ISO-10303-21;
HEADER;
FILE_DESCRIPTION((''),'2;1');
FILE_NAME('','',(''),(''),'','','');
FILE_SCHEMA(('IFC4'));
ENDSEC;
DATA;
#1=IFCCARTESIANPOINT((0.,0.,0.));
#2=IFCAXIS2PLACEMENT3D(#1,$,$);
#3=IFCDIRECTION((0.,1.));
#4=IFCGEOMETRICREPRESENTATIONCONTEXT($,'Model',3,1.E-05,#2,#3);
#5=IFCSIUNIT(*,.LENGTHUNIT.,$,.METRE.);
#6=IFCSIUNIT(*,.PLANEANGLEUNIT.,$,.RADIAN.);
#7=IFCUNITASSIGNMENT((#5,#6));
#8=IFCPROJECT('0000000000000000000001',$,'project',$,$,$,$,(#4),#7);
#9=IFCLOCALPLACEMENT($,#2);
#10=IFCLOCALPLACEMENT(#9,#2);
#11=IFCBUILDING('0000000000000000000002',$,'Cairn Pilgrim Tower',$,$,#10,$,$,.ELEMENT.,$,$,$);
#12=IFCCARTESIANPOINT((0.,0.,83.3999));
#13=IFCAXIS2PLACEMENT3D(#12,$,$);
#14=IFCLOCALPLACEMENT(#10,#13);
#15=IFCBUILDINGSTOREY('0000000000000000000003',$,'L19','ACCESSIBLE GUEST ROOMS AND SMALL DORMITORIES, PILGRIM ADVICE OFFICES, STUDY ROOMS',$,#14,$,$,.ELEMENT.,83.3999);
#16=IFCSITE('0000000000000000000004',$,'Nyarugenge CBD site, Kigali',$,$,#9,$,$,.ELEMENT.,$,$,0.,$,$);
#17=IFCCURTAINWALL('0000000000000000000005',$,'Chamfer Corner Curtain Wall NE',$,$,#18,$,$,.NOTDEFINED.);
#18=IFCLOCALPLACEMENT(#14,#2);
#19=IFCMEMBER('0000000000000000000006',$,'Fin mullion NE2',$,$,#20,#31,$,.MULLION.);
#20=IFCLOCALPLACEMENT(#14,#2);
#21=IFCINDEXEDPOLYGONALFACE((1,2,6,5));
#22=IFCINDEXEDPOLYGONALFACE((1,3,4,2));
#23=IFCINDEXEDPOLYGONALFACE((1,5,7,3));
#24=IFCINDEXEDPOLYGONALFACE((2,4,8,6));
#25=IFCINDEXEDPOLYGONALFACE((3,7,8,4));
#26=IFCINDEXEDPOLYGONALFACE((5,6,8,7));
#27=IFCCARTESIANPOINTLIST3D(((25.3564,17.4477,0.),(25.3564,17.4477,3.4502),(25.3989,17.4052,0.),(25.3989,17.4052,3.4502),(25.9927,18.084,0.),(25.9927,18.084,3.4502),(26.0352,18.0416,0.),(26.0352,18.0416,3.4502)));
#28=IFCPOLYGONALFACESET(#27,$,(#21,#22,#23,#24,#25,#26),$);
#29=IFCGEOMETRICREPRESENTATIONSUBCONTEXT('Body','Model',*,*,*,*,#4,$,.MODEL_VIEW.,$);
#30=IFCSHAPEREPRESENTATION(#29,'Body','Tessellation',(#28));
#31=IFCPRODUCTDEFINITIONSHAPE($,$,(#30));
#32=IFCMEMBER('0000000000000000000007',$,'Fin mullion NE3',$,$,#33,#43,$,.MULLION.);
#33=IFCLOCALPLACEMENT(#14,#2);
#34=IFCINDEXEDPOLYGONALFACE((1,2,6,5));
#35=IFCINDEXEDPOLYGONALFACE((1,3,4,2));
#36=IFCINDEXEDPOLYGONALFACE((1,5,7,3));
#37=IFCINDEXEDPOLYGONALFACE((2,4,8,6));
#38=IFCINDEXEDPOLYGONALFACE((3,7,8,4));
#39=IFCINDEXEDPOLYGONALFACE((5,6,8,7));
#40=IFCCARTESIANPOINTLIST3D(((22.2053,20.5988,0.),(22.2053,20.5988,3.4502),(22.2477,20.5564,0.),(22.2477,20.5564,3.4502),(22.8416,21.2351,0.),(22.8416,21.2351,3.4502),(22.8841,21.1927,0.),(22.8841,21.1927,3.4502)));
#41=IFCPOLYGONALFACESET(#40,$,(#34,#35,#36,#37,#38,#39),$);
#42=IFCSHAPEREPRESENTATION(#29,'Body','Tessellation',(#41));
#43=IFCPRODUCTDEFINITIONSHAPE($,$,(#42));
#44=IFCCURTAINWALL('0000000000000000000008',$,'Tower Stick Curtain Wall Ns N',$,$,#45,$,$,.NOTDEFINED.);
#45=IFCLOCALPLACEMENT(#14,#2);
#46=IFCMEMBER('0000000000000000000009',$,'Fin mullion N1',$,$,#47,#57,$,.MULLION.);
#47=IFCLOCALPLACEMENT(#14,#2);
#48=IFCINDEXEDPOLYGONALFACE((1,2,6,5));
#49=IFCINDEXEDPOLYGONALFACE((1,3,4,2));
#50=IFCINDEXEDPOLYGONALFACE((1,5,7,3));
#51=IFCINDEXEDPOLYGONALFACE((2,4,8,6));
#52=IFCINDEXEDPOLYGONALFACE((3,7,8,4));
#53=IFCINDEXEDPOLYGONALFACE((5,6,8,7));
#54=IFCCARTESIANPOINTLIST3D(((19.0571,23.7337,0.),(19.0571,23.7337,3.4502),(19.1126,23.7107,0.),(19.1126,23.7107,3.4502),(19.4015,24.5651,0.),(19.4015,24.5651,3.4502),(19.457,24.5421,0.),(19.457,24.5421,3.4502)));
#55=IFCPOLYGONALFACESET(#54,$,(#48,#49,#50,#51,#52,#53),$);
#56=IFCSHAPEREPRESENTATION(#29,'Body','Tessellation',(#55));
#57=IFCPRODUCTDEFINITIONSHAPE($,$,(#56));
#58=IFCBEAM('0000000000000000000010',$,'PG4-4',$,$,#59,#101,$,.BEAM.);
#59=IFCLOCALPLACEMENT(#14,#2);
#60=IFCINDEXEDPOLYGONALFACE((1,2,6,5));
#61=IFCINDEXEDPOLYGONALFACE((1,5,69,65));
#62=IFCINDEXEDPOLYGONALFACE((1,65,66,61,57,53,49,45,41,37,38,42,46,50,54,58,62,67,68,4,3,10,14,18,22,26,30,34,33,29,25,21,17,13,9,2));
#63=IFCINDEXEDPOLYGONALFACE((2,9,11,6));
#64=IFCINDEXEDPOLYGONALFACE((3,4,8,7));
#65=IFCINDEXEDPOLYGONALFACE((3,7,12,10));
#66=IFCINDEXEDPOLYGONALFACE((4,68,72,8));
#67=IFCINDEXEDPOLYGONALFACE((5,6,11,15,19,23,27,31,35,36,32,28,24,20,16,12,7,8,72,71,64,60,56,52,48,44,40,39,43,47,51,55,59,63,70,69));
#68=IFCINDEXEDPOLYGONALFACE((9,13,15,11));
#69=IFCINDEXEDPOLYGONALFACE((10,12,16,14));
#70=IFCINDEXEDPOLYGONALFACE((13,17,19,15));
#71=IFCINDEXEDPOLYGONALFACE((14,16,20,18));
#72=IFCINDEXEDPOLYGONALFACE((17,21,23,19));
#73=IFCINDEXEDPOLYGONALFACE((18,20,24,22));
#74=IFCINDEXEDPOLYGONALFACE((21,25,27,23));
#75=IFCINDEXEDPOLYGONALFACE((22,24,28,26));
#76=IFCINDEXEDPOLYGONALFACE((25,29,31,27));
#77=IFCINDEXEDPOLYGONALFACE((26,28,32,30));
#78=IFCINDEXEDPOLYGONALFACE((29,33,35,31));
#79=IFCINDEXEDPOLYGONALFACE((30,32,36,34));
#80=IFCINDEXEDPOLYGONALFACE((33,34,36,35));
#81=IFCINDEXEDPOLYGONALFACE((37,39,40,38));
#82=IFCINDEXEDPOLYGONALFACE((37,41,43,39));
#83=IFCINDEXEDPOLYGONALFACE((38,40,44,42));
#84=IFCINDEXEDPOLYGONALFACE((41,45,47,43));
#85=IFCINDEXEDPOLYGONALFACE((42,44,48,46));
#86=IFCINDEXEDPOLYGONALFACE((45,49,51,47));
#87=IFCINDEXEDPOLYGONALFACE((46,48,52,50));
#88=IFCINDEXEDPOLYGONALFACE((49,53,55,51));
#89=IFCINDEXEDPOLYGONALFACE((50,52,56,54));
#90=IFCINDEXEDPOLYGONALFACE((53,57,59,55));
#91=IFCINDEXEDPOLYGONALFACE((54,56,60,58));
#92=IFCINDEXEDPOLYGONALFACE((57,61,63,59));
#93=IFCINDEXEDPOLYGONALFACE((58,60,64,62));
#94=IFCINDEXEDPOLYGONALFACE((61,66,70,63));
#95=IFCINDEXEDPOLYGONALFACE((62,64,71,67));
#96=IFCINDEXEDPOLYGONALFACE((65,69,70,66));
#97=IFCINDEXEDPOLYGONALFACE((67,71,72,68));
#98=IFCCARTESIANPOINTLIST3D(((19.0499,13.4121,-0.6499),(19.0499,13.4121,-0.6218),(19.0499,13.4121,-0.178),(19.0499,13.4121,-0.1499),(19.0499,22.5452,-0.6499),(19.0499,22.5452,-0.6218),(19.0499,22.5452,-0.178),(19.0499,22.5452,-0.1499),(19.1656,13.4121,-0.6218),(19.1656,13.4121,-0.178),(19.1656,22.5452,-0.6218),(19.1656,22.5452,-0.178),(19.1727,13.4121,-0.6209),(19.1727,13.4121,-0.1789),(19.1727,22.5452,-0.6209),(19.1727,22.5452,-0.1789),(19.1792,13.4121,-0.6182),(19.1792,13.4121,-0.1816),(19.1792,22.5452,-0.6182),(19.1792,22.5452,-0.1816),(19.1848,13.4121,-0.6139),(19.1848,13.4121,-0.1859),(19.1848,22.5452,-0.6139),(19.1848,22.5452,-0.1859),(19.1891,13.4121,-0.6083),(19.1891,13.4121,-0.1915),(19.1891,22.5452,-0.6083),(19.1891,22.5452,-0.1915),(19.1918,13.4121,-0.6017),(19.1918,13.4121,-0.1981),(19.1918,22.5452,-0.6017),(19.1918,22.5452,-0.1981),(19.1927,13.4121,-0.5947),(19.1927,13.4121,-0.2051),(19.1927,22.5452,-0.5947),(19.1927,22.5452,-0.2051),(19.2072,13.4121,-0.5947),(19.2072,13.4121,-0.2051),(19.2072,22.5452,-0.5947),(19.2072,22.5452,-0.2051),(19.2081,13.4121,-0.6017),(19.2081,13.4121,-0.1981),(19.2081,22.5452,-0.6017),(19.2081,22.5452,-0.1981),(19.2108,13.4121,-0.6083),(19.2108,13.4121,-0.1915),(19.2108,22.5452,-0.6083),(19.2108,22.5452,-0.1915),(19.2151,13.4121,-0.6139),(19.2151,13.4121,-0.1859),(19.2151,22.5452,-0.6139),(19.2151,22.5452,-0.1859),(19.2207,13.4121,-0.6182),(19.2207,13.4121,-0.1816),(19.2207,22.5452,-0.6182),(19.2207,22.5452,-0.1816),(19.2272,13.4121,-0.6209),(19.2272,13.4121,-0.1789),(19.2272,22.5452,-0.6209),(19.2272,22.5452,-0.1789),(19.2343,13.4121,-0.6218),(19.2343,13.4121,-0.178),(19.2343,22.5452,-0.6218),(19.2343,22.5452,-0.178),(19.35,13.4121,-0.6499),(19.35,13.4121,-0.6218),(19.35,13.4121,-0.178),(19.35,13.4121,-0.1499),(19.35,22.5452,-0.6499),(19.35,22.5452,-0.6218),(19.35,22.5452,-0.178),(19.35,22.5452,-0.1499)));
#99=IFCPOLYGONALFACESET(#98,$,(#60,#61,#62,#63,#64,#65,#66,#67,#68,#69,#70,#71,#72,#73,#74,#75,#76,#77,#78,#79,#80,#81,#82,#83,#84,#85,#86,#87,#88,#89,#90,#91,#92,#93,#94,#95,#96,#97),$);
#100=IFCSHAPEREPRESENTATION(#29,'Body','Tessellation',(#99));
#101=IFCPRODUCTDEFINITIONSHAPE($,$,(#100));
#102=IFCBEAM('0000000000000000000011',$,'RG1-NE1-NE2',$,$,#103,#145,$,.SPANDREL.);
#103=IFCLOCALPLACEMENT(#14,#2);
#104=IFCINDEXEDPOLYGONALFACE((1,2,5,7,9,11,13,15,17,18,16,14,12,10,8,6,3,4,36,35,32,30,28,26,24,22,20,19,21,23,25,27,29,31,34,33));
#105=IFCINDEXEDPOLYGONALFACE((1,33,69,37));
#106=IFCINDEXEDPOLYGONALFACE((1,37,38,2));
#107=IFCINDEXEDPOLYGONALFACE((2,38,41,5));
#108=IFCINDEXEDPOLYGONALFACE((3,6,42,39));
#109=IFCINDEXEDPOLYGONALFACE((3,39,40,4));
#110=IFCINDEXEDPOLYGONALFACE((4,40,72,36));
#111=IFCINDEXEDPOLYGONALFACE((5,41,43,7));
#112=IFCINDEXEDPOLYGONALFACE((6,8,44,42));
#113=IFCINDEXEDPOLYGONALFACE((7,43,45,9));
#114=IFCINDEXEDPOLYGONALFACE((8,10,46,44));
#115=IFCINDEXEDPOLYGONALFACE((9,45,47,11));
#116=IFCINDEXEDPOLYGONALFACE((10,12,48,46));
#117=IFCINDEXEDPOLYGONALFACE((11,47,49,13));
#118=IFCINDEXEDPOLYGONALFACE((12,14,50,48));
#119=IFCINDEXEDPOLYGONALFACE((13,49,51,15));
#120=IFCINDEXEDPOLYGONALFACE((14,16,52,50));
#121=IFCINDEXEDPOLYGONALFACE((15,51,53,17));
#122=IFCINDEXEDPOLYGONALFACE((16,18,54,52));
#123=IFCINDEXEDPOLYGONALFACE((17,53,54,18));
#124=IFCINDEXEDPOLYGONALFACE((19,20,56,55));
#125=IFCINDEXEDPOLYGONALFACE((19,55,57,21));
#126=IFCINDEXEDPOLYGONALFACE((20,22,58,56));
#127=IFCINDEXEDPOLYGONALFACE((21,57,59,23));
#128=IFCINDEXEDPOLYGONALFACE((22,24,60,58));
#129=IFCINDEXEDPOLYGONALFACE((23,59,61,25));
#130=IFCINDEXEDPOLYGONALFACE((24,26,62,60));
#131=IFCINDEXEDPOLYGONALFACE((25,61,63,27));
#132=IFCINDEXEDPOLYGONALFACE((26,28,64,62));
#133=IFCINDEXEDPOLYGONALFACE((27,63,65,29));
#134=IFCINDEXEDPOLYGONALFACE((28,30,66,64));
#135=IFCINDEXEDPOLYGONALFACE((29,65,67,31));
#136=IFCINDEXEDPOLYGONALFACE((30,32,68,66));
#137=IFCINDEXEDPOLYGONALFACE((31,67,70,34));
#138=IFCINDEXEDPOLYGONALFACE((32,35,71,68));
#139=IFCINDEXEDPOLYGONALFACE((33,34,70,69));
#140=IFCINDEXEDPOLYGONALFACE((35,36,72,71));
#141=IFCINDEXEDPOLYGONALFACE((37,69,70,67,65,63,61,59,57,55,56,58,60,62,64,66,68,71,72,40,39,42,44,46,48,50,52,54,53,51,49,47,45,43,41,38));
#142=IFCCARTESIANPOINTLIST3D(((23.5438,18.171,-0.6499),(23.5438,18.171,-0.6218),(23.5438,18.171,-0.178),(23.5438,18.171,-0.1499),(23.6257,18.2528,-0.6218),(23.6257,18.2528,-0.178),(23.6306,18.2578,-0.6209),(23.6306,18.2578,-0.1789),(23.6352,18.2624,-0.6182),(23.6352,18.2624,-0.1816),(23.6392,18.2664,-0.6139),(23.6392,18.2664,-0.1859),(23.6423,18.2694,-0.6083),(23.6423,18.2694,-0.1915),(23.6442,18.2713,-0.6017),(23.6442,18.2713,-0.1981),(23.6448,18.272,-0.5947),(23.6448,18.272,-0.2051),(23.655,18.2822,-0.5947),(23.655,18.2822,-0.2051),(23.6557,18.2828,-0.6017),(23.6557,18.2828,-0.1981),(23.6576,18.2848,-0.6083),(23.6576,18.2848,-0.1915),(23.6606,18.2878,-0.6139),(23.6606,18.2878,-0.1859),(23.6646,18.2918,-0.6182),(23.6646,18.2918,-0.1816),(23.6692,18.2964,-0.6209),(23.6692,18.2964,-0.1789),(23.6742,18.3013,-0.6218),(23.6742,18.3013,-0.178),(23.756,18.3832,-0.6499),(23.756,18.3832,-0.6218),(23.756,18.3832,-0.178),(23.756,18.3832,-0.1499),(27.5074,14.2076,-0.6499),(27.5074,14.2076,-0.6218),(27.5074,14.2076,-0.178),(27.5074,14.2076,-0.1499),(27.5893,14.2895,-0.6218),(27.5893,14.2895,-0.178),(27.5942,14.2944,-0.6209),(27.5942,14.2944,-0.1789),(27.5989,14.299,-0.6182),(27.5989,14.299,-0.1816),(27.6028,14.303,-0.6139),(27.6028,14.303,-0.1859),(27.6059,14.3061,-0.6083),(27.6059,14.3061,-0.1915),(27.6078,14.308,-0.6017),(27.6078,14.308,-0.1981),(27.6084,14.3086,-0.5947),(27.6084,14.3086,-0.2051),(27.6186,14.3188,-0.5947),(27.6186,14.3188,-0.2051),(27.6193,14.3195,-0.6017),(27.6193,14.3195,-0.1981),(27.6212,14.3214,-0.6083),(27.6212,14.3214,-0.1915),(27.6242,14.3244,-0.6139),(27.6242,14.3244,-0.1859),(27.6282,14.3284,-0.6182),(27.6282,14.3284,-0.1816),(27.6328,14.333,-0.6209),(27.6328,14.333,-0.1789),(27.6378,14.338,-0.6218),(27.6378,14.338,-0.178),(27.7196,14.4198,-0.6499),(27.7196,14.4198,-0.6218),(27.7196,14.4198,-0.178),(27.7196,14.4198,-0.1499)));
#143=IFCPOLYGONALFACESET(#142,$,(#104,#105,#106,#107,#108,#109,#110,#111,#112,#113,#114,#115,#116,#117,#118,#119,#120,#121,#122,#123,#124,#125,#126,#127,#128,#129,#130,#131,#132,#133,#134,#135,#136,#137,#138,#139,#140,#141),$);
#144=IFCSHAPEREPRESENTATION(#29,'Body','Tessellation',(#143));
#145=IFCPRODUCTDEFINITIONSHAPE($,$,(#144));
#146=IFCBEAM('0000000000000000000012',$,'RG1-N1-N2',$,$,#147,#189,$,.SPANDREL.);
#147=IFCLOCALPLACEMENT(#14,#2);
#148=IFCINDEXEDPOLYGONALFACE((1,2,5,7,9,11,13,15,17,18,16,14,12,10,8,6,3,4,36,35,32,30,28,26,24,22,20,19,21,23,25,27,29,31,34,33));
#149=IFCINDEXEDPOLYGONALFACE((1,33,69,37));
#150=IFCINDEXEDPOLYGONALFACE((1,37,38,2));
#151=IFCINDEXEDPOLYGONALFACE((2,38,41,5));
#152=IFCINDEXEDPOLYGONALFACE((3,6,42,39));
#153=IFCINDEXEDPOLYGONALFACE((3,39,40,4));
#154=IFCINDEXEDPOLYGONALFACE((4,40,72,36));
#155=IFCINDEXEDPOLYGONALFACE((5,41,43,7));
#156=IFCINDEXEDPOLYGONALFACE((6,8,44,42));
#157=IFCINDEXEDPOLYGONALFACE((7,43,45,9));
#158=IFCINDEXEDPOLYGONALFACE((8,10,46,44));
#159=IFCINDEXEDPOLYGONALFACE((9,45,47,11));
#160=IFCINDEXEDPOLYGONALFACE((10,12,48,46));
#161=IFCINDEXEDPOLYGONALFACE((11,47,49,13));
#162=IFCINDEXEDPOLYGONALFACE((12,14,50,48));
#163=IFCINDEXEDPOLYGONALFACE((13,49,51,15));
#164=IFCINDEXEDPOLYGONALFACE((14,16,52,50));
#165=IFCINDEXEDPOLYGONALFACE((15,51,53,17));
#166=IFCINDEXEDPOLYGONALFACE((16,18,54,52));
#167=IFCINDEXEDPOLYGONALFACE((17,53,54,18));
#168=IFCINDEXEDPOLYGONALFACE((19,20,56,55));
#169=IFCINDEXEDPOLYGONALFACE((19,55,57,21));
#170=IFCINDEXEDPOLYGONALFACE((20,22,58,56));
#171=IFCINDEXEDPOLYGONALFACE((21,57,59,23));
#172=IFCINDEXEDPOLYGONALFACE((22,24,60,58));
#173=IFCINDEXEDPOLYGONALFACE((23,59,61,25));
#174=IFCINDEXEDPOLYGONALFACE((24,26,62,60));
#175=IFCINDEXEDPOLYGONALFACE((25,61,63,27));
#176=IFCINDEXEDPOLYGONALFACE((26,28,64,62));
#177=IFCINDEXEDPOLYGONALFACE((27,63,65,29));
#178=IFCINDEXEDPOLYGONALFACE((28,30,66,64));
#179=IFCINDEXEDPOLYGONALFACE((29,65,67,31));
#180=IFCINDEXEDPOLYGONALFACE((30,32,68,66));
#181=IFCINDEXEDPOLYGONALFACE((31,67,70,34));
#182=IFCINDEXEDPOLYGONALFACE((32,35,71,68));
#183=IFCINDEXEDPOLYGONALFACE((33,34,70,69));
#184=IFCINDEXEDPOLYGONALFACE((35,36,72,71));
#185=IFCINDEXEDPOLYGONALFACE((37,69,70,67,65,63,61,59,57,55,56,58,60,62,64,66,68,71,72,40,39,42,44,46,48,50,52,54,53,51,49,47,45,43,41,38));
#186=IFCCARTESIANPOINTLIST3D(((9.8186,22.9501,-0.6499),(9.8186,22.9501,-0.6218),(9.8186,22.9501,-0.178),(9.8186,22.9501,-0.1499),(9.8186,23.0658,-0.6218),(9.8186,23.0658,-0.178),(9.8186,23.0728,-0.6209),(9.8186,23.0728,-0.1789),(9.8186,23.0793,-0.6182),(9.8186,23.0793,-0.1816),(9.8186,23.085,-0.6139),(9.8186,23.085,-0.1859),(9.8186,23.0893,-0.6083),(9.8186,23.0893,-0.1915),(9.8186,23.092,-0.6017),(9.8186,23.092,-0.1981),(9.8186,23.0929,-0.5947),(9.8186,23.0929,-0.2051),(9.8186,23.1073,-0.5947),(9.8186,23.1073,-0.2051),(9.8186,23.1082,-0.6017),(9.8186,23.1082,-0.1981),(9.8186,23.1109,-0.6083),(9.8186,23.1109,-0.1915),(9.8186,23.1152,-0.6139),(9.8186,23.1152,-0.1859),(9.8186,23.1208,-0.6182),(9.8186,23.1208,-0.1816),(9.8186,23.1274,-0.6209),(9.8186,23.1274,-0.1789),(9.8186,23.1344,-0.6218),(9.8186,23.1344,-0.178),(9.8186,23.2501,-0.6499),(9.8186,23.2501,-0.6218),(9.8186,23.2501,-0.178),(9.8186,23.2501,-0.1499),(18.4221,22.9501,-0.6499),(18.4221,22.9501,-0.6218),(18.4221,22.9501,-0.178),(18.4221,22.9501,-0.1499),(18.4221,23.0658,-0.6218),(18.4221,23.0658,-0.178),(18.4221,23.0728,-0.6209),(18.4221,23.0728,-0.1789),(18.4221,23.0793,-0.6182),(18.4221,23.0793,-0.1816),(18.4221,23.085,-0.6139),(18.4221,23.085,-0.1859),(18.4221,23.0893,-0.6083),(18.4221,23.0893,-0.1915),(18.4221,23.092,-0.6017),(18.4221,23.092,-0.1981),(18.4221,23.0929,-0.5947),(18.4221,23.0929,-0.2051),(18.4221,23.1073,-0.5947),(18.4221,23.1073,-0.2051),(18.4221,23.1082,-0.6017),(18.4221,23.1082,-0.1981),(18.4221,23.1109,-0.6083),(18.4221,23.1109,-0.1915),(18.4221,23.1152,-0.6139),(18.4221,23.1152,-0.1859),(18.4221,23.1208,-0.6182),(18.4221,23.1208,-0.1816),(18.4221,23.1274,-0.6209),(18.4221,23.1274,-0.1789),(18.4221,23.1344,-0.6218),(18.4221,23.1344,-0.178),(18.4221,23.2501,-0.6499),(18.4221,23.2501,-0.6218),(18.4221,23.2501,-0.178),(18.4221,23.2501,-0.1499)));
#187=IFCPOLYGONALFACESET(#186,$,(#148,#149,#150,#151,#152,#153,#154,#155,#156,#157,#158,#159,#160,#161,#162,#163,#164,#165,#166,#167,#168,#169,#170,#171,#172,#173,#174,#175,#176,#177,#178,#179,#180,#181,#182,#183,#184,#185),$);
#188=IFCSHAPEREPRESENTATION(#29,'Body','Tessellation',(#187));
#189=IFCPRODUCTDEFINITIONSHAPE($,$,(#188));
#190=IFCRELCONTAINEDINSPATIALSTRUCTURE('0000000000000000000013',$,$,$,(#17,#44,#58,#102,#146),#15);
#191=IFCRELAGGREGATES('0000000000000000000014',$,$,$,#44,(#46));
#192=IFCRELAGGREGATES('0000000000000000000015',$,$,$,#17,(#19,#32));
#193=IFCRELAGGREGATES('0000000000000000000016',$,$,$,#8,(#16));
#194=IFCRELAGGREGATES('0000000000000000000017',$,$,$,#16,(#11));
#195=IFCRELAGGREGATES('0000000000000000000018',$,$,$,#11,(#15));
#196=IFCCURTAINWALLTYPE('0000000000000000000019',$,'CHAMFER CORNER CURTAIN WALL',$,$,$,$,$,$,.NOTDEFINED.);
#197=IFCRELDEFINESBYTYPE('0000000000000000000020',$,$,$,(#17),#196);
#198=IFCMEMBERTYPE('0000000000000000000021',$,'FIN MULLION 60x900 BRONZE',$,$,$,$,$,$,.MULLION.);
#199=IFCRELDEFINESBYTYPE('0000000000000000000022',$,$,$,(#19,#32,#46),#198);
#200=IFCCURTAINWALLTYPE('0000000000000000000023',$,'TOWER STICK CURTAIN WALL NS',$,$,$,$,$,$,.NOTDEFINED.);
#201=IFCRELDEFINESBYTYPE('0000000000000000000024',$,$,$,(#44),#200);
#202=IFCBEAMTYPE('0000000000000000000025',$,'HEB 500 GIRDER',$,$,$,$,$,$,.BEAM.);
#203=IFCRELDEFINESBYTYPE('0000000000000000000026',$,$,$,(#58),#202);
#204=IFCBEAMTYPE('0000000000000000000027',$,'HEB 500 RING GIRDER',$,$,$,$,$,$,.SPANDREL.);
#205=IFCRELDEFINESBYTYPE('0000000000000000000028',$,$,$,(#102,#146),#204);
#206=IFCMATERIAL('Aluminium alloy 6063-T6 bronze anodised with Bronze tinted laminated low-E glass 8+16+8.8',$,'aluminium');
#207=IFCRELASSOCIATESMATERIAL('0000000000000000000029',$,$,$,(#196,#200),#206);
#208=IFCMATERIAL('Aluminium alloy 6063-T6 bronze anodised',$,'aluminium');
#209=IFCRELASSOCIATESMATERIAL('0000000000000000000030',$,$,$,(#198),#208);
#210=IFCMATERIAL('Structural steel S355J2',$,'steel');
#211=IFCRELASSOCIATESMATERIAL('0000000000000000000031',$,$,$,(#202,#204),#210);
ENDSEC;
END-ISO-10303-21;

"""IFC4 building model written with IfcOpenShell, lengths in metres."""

from ifc_helpers import new_model, si_unit, direction, frame, origin, origin_2d, place, context, subcontext, project, spatial, rectangle, i_section, extrude, material, material_profile, profile_set, type_object, element, aggregate, save


model = new_model("IFC4")

# Units and contexts
model_context = context("Model", 3, precision=1e-05, world=origin(), true_north=direction((0.0, 1.0)))
body_context = subcontext(model_context, "Body", "Model", "MODEL_VIEW")
ifc_project = project(units=[si_unit("LENGTHUNIT", "METRE"), si_unit("PLANEANGLEUNIT", "RADIAN")], contexts=[model_context])

# Site, building, storey
site_placement = place(None, origin())
site = spatial("IfcSite", under=ifc_project, at=site_placement, Name="Nyarugenge CBD site, Kigali", CompositionType="ELEMENT", RefElevation=0.0)
building_placement = place(site_placement, origin())
building = spatial("IfcBuilding", under=site, at=building_placement, Name="Cairn Pilgrim Tower", CompositionType="ELEMENT")
storey_placement = place(building_placement, frame((0.0, 0.0, 83.3999)))
storey = spatial("IfcBuildingStorey", under=building, at=storey_placement, Name="L19", Description="ACCESSIBLE GUEST ROOMS AND SMALL DORMITORIES, PILGRIM ADVICE OFFICES, STUDY ROOMS", CompositionType="ELEMENT", Elevation=83.3999)

# Shared definitions
ifc_material_1 = material(Name="Structural steel S355J2", Category="steel")

# Curtain wall, members
ifc_material_2 = material(Name="Aluminium alloy 6063-T6 bronze anodised with Bronze tinted laminated low-E glass 8+16+8.8", Category="aluminium")
curtain_wall_type_1 = type_object("IfcCurtainWallType", Name="CHAMFER CORNER CURTAIN WALL", PredefinedType="NOTDEFINED", material=ifc_material_2)
curtain_wall_1_placement = place(storey_placement, origin())
curtain_wall_1 = element("IfcCurtainWall", 1, at=curtain_wall_1_placement, inside=storey, type_object=curtain_wall_type_1, Name="Chamfer Corner Curtain Wall NE", PredefinedType="NOTDEFINED")
ifc_material_3 = material(Name="Aluminium alloy 6063-T6 bronze anodised", Category="aluminium")
ifc_material_profile_1 = material_profile(ifc_material_3, rectangle(XDim=0.8999, YDim=0.0601, at=origin_2d()), Name="FIN MULLION 60x900 BRONZE")
ifc_profile_set_1 = profile_set([ifc_material_profile_1], Name="Aluminium alloy 6063-T6 bronze anodised")
member_type_1 = type_object("IfcMemberType", Name="FIN MULLION 60x900 BRONZE", PredefinedType="MULLION", material=ifc_profile_set_1)
member_1_placement = place(storey_placement, frame((25.6958, 17.7446, 0.0), z_axis=(0.0, 0.0, 1.0), x_axis=(0.707107, 0.707107, 0.0)))
member_1 = element("IfcMember", 2, at=member_1_placement, type_object=member_type_1, Name="Fin mullion NE2", PredefinedType="MULLION", context=body_context, shape_type="SweptSolid", body=[
    extrude(rectangle(XDim=0.8999, YDim=0.0601, at=origin_2d()), origin(), (0.0, 0.0, 1.0), 3.4502),
])
member_2_placement = place(storey_placement, frame((22.5447, 20.8958, 0.0), z_axis=(0.0, 0.0, 1.0), x_axis=(0.707107, 0.707107, 0.0)))
member_2 = element("IfcMember", 3, at=member_2_placement, type_object=member_type_1, Name="Fin mullion NE3", PredefinedType="MULLION", context=body_context, shape_type="SweptSolid", body=[
    extrude(rectangle(XDim=0.8999, YDim=0.0601, at=origin_2d()), origin(), (0.0, 0.0, 1.0), 3.4502),
])

# Curtain wall, member
curtain_wall_type_2 = type_object("IfcCurtainWallType", Name="TOWER STICK CURTAIN WALL NS", PredefinedType="NOTDEFINED", material=ifc_material_2)
curtain_wall_2_placement = place(storey_placement, origin())
curtain_wall_2 = element("IfcCurtainWall", 4, at=curtain_wall_2_placement, inside=storey, type_object=curtain_wall_type_2, Name="Tower Stick Curtain Wall Ns N", PredefinedType="NOTDEFINED")
member_3_placement = place(storey_placement, frame((19.2571, 24.1379, 0.0), z_axis=(0.0, 0.0, 1.0), x_axis=(0.382683, 0.92388, 0.0)))
member_3 = element("IfcMember", 5, at=member_3_placement, type_object=member_type_1, Name="Fin mullion N1", PredefinedType="MULLION", context=body_context, shape_type="SweptSolid", body=[
    extrude(rectangle(XDim=0.8999, YDim=0.0601, at=origin_2d()), origin(), (0.0, 0.0, 1.0), 3.4502),
])

# Beams
ifc_material_profile_2 = material_profile(ifc_material_1, i_section(OverallWidth=0.3, OverallDepth=0.5, WebThickness=0.0144, FlangeThickness=0.0281, FilletRadius=0.0271, at=origin_2d()), Name="HEB 500")
ifc_profile_set_2 = profile_set([ifc_material_profile_2], Name="Structural steel S355J2")
beam_type_1 = type_object("IfcBeamType", Name="HEB 500 GIRDER", PredefinedType="BEAM", material=ifc_profile_set_2)
beam_1_placement = place(storey_placement, frame((19.2, 13.4121, -0.3999), z_axis=(0.0, 1.0, 0.0), x_axis=(-1.0, 0.0, 0.0)))
element("IfcBeam", 6, at=beam_1_placement, inside=storey, type_object=beam_type_1, Name="PG4-4", PredefinedType="BEAM", context=body_context, shape_type="SweptSolid", body=[
    extrude(i_section(OverallWidth=0.3, OverallDepth=0.5, WebThickness=0.0144, FlangeThickness=0.0281, FilletRadius=0.0271, at=origin_2d()), origin(), (0.0, 0.0, 1.0), 9.1331),
])
ifc_material_profile_3 = material_profile(ifc_material_1, i_section(OverallWidth=0.3, OverallDepth=0.5, WebThickness=0.0144, FlangeThickness=0.0281, FilletRadius=0.0271, at=origin_2d()), Name="HEB 500")
ifc_profile_set_3 = profile_set([ifc_material_profile_3], Name="Structural steel S355J2")
beam_type_2 = type_object("IfcBeamType", Name="HEB 500 RING GIRDER", PredefinedType="SPANDREL", material=ifc_profile_set_3)
beam_2_placement = place(storey_placement, frame((27.6135, 14.3137, -0.3999), z_axis=(-0.707129, 0.707085, 0.0), x_axis=(-0.707085, -0.707129, 0.0)))
element("IfcBeam", 7, at=beam_2_placement, inside=storey, type_object=beam_type_2, Name="RG1-NE1-NE2", PredefinedType="SPANDREL", context=body_context, shape_type="SweptSolid", body=[
    extrude(i_section(OverallWidth=0.3, OverallDepth=0.5, WebThickness=0.0144, FlangeThickness=0.0281, FilletRadius=0.0271, at=origin_2d()), origin(), (0.0, 0.0, 1.0), 5.6052),
])
beam_3_placement = place(storey_placement, frame((18.4221, 23.1001, -0.3999), z_axis=(-1.0, 0.0, 0.0), x_axis=(0.0, -1.0, 0.0)))
element("IfcBeam", 8, at=beam_3_placement, inside=storey, type_object=beam_type_2, Name="RG1-N1-N2", PredefinedType="SPANDREL", context=body_context, shape_type="SweptSolid", body=[
    extrude(i_section(OverallWidth=0.3, OverallDepth=0.5, WebThickness=0.0144, FlangeThickness=0.0281, FilletRadius=0.0271, at=origin_2d()), origin(), (0.0, 0.0, 1.0), 8.6035),
])

aggregate(curtain_wall_2, [member_3])

aggregate(curtain_wall_1, [member_1, member_2])

save(model, "model.ifc")
